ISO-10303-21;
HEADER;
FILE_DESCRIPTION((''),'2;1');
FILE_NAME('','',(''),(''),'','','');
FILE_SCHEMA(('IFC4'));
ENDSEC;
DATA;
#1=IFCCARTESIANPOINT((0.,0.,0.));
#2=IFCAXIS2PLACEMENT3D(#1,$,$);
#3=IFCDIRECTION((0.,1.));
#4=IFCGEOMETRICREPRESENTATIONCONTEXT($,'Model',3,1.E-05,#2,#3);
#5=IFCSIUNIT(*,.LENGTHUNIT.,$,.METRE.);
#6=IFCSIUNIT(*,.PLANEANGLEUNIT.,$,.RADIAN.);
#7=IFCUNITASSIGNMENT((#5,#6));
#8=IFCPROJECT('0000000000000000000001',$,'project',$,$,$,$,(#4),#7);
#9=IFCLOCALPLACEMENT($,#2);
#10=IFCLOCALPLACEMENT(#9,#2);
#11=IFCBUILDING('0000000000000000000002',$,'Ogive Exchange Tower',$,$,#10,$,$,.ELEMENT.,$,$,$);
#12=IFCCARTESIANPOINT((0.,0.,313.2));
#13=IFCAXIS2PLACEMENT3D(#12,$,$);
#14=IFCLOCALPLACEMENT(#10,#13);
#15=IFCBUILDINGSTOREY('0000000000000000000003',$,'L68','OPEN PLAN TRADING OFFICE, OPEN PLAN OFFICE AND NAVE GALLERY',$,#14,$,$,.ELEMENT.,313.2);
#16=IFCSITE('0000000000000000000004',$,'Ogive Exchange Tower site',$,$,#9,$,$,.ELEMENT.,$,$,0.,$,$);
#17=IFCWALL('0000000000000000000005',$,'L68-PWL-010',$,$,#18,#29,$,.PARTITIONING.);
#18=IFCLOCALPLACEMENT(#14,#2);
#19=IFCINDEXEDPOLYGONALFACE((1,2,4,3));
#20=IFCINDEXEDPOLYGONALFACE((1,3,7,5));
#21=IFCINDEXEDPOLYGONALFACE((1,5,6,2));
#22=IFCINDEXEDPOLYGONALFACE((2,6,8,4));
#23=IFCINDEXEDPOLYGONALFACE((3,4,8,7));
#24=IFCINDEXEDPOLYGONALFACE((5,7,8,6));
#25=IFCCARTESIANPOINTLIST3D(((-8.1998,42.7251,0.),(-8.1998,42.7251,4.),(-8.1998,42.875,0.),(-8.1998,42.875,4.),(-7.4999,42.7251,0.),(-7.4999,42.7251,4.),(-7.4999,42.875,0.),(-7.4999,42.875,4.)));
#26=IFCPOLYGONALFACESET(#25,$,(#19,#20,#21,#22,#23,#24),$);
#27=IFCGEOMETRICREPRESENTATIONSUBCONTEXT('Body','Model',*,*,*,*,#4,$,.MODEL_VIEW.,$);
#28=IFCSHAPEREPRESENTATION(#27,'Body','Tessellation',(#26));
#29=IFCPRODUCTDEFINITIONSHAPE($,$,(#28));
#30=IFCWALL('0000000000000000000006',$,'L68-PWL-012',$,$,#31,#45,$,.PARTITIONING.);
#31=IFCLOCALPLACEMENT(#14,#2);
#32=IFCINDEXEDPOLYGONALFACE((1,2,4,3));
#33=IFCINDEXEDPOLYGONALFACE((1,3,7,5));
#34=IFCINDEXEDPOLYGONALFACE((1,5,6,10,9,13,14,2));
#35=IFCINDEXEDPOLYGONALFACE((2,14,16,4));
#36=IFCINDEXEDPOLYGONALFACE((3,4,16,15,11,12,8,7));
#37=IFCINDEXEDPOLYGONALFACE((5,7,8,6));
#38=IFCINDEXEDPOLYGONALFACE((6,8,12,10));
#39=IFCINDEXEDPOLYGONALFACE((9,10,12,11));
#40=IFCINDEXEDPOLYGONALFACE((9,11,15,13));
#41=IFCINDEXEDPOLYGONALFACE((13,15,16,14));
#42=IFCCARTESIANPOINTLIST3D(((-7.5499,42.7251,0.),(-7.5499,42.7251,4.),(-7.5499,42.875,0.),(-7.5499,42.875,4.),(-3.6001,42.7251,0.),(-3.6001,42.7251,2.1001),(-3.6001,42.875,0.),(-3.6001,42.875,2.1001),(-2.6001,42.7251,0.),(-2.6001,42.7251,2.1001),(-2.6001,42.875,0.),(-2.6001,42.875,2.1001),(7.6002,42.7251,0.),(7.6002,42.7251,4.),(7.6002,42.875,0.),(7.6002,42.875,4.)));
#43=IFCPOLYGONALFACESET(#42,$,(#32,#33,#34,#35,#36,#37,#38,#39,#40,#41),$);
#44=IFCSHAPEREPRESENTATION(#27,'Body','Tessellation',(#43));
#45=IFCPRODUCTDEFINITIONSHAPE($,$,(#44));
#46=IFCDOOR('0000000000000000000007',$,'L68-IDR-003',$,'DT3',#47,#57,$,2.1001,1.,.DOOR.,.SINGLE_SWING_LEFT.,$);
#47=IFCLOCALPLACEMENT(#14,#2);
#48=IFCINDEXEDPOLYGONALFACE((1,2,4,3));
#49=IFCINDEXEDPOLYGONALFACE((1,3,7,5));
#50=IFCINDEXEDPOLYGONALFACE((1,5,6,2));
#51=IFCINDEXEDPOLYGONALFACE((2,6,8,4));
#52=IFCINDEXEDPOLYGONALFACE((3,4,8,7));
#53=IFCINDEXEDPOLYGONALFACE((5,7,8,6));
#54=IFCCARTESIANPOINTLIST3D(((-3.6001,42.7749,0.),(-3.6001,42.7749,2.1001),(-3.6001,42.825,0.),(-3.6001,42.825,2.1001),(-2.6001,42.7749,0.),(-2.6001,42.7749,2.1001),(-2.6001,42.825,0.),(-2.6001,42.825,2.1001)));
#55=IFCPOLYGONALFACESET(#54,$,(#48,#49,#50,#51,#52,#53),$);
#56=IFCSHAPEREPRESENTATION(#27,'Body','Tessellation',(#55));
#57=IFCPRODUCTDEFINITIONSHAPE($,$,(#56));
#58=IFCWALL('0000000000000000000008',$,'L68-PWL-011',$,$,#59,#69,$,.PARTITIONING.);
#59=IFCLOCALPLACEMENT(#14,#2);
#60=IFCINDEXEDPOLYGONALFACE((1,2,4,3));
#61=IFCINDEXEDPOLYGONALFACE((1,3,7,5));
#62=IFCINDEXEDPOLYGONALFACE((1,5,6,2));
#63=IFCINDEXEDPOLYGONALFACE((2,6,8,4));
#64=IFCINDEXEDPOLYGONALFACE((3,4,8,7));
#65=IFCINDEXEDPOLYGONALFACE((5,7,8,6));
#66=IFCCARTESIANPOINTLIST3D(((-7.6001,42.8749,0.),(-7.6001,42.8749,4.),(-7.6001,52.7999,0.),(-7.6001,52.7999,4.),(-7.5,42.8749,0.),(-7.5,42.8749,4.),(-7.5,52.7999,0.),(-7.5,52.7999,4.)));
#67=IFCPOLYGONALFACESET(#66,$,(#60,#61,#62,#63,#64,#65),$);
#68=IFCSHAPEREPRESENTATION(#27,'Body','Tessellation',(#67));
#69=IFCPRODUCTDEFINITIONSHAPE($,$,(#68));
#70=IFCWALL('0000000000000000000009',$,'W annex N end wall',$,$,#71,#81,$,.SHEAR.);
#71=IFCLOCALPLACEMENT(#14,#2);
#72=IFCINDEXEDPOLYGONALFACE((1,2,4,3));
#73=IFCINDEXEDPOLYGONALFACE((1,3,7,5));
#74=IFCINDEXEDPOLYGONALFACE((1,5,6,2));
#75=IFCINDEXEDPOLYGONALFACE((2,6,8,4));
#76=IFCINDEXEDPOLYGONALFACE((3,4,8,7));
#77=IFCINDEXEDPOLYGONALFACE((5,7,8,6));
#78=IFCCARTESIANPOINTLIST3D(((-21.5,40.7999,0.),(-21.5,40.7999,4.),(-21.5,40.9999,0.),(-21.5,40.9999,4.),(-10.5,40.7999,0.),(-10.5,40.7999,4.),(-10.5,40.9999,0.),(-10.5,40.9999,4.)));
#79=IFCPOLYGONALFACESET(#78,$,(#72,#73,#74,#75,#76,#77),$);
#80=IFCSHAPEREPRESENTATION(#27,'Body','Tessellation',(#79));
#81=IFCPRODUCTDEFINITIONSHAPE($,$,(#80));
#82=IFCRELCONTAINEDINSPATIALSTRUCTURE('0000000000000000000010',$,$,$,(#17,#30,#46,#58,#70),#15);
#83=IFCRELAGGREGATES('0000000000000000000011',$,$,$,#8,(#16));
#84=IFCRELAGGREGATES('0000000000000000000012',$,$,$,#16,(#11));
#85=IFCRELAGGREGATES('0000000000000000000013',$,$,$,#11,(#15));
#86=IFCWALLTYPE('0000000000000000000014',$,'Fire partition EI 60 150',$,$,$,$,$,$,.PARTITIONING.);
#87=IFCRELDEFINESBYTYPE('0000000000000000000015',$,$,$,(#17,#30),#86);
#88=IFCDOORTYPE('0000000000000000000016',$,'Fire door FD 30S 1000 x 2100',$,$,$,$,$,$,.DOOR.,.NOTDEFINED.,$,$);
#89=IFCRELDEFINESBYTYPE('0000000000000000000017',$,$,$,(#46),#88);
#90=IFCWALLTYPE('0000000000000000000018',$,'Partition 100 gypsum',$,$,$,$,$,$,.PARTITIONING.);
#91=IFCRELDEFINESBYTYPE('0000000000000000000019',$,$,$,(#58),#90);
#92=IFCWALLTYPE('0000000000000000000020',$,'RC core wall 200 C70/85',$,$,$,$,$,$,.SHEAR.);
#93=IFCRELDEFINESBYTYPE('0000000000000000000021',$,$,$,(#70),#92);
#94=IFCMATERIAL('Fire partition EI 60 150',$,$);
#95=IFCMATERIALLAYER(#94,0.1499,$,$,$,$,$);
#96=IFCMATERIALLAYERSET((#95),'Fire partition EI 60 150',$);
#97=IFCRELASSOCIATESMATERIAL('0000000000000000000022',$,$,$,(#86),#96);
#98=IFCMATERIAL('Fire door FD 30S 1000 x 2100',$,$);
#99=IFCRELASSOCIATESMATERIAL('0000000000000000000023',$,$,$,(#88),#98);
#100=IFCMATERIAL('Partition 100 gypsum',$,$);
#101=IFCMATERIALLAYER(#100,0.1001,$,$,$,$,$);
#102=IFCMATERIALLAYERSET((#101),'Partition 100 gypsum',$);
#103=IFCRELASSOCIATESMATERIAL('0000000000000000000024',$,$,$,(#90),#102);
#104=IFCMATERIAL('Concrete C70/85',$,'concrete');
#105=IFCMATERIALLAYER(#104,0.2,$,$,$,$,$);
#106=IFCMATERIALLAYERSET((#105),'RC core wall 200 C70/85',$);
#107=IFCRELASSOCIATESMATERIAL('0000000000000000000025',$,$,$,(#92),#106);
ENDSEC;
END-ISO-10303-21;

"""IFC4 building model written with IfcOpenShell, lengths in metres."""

from ifc_helpers import new_model, si_unit, direction, frame, frame_2d, origin, place, context, subcontext, project, spatial, rectangle, extrude, material, layer, layer_set, type_object, element, fill, save


model = new_model("IFC4")

# Units and contexts
model_context = context("Model", 3, precision=1e-05, world=origin(), true_north=direction((0.0, 1.0)))
body_context = subcontext(model_context, "Body", "Model", "MODEL_VIEW")
ifc_project = project(units=[si_unit("LENGTHUNIT", "METRE"), si_unit("PLANEANGLEUNIT", "RADIAN")], contexts=[model_context])

# Site, building, storey
site_placement = place(None, origin())
site = spatial("IfcSite", under=ifc_project, at=site_placement, Name="Ogive Exchange Tower site", CompositionType="ELEMENT", RefElevation=0.0)
building_placement = place(site_placement, origin())
building = spatial("IfcBuilding", under=site, at=building_placement, Name="Ogive Exchange Tower", CompositionType="ELEMENT")
storey_placement = place(building_placement, frame((0.0, 0.0, 313.2)))
storey = spatial("IfcBuildingStorey", under=building, at=storey_placement, Name="L68", Description="OPEN PLAN TRADING OFFICE, OPEN PLAN OFFICE AND NAVE GALLERY", CompositionType="ELEMENT", Elevation=313.2)

# Wall
ifc_material_1 = material(Name="Fire partition EI 60 150")
ifc_layer_1 = layer(ifc_material_1, 0.1499)
ifc_layer_set_1 = layer_set([ifc_layer_1], Name="Fire partition EI 60 150")
wall_type_1 = type_object("IfcWallType", Name="Fire partition EI 60 150", PredefinedType="PARTITIONING", material=ifc_layer_set_1)
wall_1_placement = place(storey_placement, frame((-8.2, 42.8, 0.0), z_axis=(0.0, 0.0, 1.0), x_axis=(1.0, 0.0, 0.0)))
element("IfcWall", 1, at=wall_1_placement, inside=storey, type_object=wall_type_1, Name="L68-PWL-010", PredefinedType="PARTITIONING", context=body_context, shape_type="SweptSolid", body=[
    extrude(rectangle(XDim=0.7, YDim=0.1499, at=frame_2d((0.3501, 0.0))), origin(), (0.0, 0.0, 1.0), 4.0),
])

# Wall, opening, door
wall_2_placement = place(storey_placement, frame((-7.55, 42.8, 0.0), z_axis=(0.0, 0.0, 1.0), x_axis=(1.0, 0.0, 0.0)))
wall_2 = element("IfcWall", 2, at=wall_2_placement, inside=storey, type_object=wall_type_1, Name="L68-PWL-012", PredefinedType="PARTITIONING", context=body_context, shape_type="SweptSolid", body=[
    extrude(rectangle(XDim=15.1501, YDim=0.1499, at=frame_2d((7.5752, 0.0))), origin(), (0.0, 0.0, 1.0), 4.0),
])
opening_placement = place(wall_2_placement, frame((3.95, 0.0, 0.0)))
opening = element("IfcOpeningElement", 3, at=opening_placement, cuts=wall_2, PredefinedType="OPENING", context=body_context, shape_type="SweptSolid", body=[
    extrude(rectangle(XDim=1.0, YDim=2.1001, at=frame_2d((0.5, 1.05))), frame((0.0, 0.085, 0.0), z_axis=(0.0, -1.0, 0.0), x_axis=(1.0, 0.0, 0.0)), (0.0, 0.0, 1.0), 0.1699),
])
ifc_material_2 = material(Name="Fire door FD 30S 1000 x 2100")
door_type = type_object("IfcDoorType", Name="Fire door FD 30S 1000 x 2100", OperationType="NOTDEFINED", PredefinedType="DOOR", material=ifc_material_2)
door_placement = place(opening_placement, origin())
door = element("IfcDoor", 4, at=door_placement, inside=storey, type_object=door_type, Name="L68-IDR-003", ObjectType="DT3", OperationType="SINGLE_SWING_LEFT", OverallHeight=2.1001, OverallWidth=1.0, PredefinedType="DOOR", context=body_context, shape_type="SweptSolid", body=[
    extrude(rectangle(XDim=1.0, YDim=2.1001, at=frame_2d((0.5, 1.05))), frame((0.0, 0.0249, 0.0), z_axis=(0.0, -1.0, 0.0), x_axis=(1.0, 0.0, 0.0)), (0.0, 0.0, 1.0), 0.05),
])
fill(opening, door)

# Walls
ifc_material_3 = material(Name="Partition 100 gypsum")
ifc_layer_2 = layer(ifc_material_3, 0.1001)
ifc_layer_set_2 = layer_set([ifc_layer_2], Name="Partition 100 gypsum")
wall_type_2 = type_object("IfcWallType", Name="Partition 100 gypsum", PredefinedType="PARTITIONING", material=ifc_layer_set_2)
wall_3_placement = place(storey_placement, frame((-7.55, 42.875, 0.0), z_axis=(0.0, 0.0, 1.0), x_axis=(0.0, 1.0, 0.0)))
element("IfcWall", 5, at=wall_3_placement, inside=storey, type_object=wall_type_2, Name="L68-PWL-011", PredefinedType="PARTITIONING", context=body_context, shape_type="SweptSolid", body=[
    extrude(rectangle(XDim=9.925, YDim=0.1001, at=frame_2d((4.9624, 0.0))), origin(), (0.0, 0.0, 1.0), 4.0),
])
ifc_material_4 = material(Name="Concrete C70/85", Category="concrete")
ifc_layer_3 = layer(ifc_material_4, 0.2)
ifc_layer_set_3 = layer_set([ifc_layer_3], Name="RC core wall 200 C70/85")
wall_type_3 = type_object("IfcWallType", Name="RC core wall 200 C70/85", PredefinedType="SHEAR", material=ifc_layer_set_3)
wall_4_placement = place(storey_placement, frame((-21.5, 40.8999, 0.0), z_axis=(0.0, 0.0, 1.0), x_axis=(1.0, 0.0, 0.0)))
element("IfcWall", 6, at=wall_4_placement, inside=storey, type_object=wall_type_3, Name="W annex N end wall", PredefinedType="SHEAR", context=body_context, shape_type="SweptSolid", body=[
    extrude(rectangle(XDim=11.0, YDim=0.2, at=frame_2d((5.5, 0.0))), origin(), (0.0, 0.0, 1.0), 4.0),
])

save(model, "model.ifc")
